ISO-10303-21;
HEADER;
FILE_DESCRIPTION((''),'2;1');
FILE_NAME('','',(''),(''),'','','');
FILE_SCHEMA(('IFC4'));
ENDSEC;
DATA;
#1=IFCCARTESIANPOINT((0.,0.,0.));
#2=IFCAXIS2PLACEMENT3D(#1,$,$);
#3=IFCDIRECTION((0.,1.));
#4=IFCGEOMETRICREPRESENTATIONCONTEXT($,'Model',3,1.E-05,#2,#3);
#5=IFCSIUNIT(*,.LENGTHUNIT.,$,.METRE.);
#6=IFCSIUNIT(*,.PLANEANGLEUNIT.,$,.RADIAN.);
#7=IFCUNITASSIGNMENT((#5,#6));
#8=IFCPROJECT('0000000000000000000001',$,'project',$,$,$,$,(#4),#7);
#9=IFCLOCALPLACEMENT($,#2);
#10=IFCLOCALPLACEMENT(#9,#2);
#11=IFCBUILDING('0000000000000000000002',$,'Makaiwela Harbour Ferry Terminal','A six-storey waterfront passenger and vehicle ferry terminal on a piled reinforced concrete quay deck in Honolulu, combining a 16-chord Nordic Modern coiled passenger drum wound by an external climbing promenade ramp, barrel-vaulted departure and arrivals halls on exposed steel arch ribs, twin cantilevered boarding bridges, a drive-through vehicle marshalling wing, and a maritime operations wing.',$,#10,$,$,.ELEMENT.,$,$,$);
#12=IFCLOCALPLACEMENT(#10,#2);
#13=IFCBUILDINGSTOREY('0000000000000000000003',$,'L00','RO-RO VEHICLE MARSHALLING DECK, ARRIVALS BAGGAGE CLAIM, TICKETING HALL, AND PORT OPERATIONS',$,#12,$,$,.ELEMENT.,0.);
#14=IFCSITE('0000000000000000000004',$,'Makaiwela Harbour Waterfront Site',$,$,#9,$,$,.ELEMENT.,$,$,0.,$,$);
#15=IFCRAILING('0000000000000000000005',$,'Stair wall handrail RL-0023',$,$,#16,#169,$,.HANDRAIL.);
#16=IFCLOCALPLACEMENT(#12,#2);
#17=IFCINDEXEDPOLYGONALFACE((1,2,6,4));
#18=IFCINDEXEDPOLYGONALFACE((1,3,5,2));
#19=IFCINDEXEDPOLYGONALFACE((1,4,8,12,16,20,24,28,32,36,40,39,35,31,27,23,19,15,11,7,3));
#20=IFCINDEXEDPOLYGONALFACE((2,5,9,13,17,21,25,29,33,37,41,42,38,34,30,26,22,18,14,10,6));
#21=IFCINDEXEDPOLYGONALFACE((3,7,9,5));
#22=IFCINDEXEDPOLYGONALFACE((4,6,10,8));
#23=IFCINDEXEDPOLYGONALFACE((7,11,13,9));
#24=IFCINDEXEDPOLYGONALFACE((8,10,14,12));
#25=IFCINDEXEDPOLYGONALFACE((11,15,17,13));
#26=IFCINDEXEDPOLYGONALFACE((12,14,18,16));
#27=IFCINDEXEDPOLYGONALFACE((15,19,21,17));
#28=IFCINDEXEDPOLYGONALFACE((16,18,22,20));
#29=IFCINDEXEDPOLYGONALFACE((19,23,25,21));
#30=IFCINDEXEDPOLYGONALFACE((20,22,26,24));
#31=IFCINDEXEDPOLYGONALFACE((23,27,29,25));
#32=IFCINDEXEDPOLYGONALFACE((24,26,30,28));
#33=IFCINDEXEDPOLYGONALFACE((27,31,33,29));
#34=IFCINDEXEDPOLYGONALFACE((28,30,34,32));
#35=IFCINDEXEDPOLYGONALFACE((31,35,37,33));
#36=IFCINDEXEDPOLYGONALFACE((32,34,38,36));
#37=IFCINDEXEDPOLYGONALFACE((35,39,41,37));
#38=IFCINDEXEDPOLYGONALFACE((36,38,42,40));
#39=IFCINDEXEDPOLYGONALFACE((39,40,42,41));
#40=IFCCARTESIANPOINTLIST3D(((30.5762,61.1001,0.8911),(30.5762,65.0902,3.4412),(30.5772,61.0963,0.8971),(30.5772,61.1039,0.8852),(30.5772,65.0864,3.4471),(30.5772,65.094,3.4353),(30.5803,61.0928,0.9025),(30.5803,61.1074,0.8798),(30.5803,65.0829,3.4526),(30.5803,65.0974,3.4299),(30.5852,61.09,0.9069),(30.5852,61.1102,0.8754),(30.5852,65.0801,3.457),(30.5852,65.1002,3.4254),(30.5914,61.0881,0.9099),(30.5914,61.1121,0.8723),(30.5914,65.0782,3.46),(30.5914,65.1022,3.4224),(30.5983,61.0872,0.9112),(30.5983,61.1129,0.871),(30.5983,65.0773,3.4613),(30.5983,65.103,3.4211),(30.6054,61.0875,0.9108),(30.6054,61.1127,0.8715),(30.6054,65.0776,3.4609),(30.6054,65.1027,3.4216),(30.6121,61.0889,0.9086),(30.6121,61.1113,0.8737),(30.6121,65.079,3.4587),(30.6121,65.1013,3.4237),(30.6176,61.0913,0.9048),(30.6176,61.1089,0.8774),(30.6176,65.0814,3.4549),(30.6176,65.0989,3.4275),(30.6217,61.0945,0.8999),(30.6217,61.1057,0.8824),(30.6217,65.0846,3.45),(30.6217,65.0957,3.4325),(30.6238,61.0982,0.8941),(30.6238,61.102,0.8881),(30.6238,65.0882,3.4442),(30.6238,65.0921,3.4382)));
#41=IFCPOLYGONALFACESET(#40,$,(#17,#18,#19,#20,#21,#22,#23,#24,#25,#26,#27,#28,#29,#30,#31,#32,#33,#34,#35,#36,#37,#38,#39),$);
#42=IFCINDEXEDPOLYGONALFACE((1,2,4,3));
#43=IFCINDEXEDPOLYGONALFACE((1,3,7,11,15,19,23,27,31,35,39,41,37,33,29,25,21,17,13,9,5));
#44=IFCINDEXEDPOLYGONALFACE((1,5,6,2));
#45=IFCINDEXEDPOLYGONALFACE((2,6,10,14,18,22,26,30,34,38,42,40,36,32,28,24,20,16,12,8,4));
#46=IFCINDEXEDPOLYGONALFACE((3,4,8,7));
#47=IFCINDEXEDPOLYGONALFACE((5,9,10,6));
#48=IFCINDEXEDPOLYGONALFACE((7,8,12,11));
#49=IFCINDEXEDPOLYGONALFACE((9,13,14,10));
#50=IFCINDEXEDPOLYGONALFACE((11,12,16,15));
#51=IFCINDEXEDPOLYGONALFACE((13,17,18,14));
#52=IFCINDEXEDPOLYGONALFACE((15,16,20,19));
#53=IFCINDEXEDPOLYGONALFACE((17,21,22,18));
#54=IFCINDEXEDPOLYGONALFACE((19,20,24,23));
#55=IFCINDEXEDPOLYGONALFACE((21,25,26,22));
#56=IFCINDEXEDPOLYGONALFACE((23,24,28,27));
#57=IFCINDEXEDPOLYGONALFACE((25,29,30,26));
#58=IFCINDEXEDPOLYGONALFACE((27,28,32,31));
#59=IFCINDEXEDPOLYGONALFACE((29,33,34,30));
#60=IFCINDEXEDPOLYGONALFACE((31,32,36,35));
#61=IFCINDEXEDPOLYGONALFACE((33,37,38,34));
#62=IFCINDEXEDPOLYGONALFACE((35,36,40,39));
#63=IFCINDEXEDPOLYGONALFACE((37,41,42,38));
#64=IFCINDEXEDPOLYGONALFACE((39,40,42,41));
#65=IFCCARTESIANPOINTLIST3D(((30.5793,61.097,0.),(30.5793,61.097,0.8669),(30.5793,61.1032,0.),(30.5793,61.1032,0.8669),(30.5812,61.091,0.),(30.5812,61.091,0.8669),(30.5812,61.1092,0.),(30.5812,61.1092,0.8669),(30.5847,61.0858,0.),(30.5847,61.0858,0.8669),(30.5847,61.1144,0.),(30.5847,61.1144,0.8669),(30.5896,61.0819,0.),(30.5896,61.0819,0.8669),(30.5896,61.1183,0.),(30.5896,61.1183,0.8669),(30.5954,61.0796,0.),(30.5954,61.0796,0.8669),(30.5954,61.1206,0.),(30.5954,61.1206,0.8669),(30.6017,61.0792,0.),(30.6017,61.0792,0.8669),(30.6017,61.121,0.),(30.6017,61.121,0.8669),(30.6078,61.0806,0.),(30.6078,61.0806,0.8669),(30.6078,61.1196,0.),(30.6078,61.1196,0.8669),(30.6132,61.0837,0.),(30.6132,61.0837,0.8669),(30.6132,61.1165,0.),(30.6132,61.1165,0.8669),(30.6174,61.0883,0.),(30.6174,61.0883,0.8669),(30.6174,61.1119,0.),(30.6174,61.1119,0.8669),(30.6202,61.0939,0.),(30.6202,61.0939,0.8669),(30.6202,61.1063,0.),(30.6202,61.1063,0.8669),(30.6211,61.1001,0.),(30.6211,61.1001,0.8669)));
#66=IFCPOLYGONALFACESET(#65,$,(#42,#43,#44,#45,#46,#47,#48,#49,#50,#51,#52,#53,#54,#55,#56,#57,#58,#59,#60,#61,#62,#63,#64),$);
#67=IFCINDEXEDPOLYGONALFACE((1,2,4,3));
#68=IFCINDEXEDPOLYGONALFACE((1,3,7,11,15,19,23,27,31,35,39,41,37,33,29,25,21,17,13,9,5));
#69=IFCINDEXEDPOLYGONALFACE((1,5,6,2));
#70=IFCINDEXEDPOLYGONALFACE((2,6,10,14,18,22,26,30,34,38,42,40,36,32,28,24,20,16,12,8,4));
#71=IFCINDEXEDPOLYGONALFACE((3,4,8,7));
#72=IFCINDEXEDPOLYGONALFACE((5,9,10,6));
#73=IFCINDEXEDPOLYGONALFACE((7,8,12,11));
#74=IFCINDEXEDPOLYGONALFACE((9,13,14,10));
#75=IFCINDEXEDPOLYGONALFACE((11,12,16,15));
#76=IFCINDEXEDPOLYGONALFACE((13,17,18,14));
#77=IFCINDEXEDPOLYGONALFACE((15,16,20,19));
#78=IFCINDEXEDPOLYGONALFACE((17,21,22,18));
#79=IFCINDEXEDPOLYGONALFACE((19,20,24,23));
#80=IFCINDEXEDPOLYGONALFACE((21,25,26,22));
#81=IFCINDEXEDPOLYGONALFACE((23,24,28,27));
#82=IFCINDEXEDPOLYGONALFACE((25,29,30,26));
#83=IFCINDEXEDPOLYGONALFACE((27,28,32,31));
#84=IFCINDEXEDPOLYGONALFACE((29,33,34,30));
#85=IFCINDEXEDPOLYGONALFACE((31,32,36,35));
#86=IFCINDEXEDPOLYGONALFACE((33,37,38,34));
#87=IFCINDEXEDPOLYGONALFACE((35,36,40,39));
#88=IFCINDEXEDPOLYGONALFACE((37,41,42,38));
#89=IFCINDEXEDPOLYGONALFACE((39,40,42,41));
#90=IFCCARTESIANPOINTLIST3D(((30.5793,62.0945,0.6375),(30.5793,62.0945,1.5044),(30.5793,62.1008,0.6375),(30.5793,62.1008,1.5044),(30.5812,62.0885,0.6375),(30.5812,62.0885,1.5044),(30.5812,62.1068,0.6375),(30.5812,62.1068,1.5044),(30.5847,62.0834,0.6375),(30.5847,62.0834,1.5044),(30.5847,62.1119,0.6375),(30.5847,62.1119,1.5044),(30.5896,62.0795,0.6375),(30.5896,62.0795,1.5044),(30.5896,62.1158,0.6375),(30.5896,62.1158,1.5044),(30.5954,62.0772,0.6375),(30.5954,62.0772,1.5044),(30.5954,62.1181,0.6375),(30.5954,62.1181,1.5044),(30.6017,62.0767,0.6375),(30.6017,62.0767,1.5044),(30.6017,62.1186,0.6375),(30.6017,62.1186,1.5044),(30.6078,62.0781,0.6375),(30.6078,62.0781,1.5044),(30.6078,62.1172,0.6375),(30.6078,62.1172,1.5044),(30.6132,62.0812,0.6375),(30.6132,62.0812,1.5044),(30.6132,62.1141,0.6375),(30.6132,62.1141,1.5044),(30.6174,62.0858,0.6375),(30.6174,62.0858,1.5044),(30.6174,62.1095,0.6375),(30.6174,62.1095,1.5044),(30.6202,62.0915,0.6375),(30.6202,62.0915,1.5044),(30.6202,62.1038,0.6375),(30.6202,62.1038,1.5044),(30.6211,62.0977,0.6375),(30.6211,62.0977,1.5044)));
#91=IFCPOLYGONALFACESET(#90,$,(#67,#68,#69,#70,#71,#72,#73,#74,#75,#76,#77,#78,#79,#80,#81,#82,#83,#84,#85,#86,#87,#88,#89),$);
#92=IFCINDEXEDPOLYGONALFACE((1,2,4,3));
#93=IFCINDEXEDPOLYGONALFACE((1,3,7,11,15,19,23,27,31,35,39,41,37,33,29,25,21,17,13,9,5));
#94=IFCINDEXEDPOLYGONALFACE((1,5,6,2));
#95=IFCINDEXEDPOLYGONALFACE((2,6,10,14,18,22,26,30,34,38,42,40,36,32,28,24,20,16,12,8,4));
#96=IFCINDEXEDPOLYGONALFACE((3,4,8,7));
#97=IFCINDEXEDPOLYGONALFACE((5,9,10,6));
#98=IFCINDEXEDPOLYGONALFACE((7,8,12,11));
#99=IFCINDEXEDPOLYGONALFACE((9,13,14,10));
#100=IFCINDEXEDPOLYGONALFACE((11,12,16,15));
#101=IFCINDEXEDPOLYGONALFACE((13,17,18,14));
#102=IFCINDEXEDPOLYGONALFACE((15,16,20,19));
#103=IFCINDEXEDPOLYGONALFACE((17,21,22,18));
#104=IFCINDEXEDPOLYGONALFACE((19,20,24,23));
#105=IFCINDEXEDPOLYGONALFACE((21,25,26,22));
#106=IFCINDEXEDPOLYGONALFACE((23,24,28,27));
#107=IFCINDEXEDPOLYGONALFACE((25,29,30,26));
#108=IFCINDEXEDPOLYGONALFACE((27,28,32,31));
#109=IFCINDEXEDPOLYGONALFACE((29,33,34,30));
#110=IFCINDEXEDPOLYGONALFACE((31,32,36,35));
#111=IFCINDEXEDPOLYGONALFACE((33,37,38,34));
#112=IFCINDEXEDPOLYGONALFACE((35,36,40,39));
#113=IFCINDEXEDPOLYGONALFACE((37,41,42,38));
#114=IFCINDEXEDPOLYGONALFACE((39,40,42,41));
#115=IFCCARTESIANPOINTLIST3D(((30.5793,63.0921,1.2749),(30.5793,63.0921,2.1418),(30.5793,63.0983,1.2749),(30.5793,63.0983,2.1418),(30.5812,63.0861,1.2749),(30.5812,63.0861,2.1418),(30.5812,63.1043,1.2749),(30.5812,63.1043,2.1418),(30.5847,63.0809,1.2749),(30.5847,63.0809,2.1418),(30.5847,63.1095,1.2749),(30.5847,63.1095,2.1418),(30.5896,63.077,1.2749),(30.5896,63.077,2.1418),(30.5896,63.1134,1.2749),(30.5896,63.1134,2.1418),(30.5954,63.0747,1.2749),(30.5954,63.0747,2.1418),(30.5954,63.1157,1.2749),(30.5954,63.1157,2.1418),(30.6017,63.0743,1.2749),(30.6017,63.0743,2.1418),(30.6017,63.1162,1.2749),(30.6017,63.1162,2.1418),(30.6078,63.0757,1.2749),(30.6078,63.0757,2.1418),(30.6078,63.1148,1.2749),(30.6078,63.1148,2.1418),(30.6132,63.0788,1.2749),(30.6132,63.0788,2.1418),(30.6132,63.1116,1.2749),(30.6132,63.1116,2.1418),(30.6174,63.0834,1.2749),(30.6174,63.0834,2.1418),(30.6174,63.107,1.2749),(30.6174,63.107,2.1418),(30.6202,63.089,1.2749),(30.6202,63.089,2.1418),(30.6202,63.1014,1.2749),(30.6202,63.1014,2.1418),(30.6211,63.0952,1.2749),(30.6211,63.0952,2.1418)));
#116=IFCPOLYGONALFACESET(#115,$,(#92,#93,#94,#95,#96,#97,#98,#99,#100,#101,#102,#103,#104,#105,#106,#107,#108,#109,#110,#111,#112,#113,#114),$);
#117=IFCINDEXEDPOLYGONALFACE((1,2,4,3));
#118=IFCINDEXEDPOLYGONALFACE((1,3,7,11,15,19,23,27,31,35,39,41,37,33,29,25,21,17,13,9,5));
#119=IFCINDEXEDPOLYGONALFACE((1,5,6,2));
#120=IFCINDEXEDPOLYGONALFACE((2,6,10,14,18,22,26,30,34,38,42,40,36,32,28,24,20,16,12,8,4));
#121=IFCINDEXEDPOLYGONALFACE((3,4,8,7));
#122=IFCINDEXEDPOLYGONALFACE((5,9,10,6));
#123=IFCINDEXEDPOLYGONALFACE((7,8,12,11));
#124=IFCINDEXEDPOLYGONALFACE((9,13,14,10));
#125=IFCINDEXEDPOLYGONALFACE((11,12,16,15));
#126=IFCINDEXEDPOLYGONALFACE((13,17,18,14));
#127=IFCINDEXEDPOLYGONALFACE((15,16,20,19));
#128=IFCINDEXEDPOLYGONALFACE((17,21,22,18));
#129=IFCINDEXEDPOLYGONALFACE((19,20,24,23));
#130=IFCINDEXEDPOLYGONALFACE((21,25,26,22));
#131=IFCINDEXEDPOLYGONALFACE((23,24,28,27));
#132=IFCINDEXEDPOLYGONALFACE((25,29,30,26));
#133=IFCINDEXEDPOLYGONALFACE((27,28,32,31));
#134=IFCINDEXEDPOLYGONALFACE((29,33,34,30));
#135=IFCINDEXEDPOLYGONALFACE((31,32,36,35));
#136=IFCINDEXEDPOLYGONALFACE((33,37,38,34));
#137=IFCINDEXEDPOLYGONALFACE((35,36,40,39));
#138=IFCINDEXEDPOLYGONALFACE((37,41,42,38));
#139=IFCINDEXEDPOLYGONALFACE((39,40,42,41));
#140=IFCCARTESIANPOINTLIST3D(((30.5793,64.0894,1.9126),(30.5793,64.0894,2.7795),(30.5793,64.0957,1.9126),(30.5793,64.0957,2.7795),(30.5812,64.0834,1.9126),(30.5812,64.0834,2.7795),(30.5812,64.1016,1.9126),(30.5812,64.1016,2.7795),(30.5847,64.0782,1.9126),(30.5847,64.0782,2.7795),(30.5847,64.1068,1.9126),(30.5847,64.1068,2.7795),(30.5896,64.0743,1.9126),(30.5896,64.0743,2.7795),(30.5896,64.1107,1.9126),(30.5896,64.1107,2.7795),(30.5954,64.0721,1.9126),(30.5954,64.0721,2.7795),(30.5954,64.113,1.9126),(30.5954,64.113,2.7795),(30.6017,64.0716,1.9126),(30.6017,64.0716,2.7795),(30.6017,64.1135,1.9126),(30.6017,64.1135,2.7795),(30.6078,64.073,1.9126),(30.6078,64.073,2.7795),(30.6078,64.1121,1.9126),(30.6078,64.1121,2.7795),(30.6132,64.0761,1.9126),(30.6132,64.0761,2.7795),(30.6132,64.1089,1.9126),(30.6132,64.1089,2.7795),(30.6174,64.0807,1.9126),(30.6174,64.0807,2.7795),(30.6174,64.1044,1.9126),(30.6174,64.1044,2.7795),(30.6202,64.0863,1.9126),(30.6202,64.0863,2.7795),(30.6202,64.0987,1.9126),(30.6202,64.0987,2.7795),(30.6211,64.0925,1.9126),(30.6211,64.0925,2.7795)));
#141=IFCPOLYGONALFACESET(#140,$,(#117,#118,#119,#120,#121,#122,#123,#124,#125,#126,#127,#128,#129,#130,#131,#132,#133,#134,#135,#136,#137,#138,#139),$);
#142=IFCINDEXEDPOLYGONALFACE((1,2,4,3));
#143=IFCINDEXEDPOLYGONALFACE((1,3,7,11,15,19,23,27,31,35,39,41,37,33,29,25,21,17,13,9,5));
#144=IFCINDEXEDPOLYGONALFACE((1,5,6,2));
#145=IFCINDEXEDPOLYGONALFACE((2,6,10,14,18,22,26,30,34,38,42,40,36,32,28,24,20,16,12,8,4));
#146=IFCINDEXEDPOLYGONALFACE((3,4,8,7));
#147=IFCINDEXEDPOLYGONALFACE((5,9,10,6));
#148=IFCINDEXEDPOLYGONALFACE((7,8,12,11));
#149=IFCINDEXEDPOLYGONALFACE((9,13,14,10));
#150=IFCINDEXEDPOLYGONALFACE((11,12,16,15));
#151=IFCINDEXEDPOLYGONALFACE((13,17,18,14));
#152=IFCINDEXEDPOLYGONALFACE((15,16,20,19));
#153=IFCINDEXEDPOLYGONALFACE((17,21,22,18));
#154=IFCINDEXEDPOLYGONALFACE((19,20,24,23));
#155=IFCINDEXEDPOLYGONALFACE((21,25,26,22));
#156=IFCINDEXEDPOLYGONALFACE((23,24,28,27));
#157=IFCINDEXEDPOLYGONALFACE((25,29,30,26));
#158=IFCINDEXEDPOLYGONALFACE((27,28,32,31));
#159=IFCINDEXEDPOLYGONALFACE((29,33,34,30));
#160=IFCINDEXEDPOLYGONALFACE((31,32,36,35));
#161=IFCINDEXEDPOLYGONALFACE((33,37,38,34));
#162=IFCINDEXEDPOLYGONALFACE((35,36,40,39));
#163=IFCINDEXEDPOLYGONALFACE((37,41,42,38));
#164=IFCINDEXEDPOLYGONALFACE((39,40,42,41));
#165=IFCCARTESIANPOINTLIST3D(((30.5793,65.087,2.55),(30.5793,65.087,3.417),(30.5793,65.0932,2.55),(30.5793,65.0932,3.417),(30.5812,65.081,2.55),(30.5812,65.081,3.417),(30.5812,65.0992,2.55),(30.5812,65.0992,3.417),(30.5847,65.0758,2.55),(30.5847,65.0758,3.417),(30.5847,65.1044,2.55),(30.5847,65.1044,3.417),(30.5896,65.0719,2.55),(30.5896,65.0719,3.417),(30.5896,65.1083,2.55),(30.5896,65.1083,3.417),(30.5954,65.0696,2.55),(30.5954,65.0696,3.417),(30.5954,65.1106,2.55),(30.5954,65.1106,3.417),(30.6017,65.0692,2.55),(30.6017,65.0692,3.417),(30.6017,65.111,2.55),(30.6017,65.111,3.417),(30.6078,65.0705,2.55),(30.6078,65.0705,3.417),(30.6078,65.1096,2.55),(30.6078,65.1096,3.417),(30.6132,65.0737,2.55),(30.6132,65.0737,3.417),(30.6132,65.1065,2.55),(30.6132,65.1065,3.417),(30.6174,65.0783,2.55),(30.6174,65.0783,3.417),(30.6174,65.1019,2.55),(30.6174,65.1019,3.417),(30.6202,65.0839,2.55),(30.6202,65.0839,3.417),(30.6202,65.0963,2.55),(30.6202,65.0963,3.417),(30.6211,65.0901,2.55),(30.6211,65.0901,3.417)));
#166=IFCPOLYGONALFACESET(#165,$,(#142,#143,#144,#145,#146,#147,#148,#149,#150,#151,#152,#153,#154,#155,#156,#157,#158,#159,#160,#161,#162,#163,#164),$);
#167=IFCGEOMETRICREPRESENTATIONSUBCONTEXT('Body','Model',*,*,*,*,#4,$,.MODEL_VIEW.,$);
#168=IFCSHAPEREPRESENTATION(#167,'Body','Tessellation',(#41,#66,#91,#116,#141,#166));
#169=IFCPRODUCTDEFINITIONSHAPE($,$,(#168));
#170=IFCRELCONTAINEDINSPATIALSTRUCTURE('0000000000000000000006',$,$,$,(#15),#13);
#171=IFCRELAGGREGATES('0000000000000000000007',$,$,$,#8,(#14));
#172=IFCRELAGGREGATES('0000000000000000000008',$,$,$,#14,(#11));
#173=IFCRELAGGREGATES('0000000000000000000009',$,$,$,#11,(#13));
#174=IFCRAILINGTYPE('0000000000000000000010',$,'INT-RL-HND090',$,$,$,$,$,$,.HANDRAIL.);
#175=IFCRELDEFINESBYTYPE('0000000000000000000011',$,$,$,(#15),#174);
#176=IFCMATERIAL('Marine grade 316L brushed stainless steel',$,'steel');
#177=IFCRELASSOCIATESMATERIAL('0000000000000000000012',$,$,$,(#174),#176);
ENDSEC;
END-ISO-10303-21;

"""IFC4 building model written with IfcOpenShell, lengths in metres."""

from ifc_helpers import new_model, si_unit, direction, frame, origin, origin_2d, place, context, subcontext, project, spatial, circle, extrude, material, type_object, element, save


model = new_model("IFC4")

# Units and contexts
model_context = context("Model", 3, precision=1e-05, world=origin(), true_north=direction((0.0, 1.0)))
body_context = subcontext(model_context, "Body", "Model", "MODEL_VIEW")
ifc_project = project(units=[si_unit("LENGTHUNIT", "METRE"), si_unit("PLANEANGLEUNIT", "RADIAN")], contexts=[model_context])

# Site, building, storey
site_placement = place(None, origin())
site = spatial("IfcSite", under=ifc_project, at=site_placement, Name="Makaiwela Harbour Waterfront Site", CompositionType="ELEMENT", RefElevation=0.0)
building_placement = place(site_placement, origin())
building = spatial("IfcBuilding", under=site, at=building_placement, Name="Makaiwela Harbour Ferry Terminal", Description="A six-storey waterfront passenger and vehicle ferry terminal on a piled reinforced concrete quay deck in Honolulu, combining a 16-chord Nordic Modern coiled passenger drum wound by an external climbing promenade ramp, barrel-vaulted departure and arrivals halls on exposed steel arch ribs, twin cantilevered boarding bridges, a drive-through vehicle marshalling wing, and a maritime operations wing.", CompositionType="ELEMENT")
storey_placement = place(building_placement, origin())
storey = spatial("IfcBuildingStorey", under=building, at=storey_placement, Name="L00", Description="RO-RO VEHICLE MARSHALLING DECK, ARRIVALS BAGGAGE CLAIM, TICKETING HALL, AND PORT OPERATIONS", CompositionType="ELEMENT", Elevation=0.0)

# Shared definitions
ifc_material_1 = material(Name="Marine grade 316L brushed stainless steel", Category="steel")

# Railing
railing_type_1 = type_object("IfcRailingType", Name="INT-RL-HND090", PredefinedType="HANDRAIL", material=ifc_material_1)
railing_1_placement = place(storey_placement, frame((30.6001, 61.1001, 0.0)))
element("IfcRailing", 1, at=railing_1_placement, inside=storey, type_object=railing_type_1, Name="Stair wall handrail RL-0023", PredefinedType="HANDRAIL", context=body_context, shape_type="SweptSolid", body=[
    extrude(circle(Radius=0.0239, at=origin_2d()), frame((0.0, 0.0, 0.8911), z_axis=(0.0, 0.842611, 0.538523), x_axis=(-1.0, 0.0, 0.0)), (0.0, 0.0, 1.0), 4.7354),
    extrude(circle(Radius=0.021, at=origin_2d()), origin(), (0.0, 0.0, 1.0), 0.8669),
    extrude(circle(Radius=0.021, at=origin_2d()), frame((0.0, 0.9976, 0.6375)), (0.0, 0.0, 1.0), 0.8669),
    extrude(circle(Radius=0.021, at=origin_2d()), frame((0.0, 1.9951, 1.2749)), (0.0, 0.0, 1.0), 0.8669),
    extrude(circle(Radius=0.021, at=origin_2d()), frame((0.0, 2.9924, 1.9126)), (0.0, 0.0, 1.0), 0.8669),
    extrude(circle(Radius=0.021, at=origin_2d()), frame((0.0, 3.99, 2.55)), (0.0, 0.0, 1.0), 0.8669),
])

save(model, "model.ifc")
